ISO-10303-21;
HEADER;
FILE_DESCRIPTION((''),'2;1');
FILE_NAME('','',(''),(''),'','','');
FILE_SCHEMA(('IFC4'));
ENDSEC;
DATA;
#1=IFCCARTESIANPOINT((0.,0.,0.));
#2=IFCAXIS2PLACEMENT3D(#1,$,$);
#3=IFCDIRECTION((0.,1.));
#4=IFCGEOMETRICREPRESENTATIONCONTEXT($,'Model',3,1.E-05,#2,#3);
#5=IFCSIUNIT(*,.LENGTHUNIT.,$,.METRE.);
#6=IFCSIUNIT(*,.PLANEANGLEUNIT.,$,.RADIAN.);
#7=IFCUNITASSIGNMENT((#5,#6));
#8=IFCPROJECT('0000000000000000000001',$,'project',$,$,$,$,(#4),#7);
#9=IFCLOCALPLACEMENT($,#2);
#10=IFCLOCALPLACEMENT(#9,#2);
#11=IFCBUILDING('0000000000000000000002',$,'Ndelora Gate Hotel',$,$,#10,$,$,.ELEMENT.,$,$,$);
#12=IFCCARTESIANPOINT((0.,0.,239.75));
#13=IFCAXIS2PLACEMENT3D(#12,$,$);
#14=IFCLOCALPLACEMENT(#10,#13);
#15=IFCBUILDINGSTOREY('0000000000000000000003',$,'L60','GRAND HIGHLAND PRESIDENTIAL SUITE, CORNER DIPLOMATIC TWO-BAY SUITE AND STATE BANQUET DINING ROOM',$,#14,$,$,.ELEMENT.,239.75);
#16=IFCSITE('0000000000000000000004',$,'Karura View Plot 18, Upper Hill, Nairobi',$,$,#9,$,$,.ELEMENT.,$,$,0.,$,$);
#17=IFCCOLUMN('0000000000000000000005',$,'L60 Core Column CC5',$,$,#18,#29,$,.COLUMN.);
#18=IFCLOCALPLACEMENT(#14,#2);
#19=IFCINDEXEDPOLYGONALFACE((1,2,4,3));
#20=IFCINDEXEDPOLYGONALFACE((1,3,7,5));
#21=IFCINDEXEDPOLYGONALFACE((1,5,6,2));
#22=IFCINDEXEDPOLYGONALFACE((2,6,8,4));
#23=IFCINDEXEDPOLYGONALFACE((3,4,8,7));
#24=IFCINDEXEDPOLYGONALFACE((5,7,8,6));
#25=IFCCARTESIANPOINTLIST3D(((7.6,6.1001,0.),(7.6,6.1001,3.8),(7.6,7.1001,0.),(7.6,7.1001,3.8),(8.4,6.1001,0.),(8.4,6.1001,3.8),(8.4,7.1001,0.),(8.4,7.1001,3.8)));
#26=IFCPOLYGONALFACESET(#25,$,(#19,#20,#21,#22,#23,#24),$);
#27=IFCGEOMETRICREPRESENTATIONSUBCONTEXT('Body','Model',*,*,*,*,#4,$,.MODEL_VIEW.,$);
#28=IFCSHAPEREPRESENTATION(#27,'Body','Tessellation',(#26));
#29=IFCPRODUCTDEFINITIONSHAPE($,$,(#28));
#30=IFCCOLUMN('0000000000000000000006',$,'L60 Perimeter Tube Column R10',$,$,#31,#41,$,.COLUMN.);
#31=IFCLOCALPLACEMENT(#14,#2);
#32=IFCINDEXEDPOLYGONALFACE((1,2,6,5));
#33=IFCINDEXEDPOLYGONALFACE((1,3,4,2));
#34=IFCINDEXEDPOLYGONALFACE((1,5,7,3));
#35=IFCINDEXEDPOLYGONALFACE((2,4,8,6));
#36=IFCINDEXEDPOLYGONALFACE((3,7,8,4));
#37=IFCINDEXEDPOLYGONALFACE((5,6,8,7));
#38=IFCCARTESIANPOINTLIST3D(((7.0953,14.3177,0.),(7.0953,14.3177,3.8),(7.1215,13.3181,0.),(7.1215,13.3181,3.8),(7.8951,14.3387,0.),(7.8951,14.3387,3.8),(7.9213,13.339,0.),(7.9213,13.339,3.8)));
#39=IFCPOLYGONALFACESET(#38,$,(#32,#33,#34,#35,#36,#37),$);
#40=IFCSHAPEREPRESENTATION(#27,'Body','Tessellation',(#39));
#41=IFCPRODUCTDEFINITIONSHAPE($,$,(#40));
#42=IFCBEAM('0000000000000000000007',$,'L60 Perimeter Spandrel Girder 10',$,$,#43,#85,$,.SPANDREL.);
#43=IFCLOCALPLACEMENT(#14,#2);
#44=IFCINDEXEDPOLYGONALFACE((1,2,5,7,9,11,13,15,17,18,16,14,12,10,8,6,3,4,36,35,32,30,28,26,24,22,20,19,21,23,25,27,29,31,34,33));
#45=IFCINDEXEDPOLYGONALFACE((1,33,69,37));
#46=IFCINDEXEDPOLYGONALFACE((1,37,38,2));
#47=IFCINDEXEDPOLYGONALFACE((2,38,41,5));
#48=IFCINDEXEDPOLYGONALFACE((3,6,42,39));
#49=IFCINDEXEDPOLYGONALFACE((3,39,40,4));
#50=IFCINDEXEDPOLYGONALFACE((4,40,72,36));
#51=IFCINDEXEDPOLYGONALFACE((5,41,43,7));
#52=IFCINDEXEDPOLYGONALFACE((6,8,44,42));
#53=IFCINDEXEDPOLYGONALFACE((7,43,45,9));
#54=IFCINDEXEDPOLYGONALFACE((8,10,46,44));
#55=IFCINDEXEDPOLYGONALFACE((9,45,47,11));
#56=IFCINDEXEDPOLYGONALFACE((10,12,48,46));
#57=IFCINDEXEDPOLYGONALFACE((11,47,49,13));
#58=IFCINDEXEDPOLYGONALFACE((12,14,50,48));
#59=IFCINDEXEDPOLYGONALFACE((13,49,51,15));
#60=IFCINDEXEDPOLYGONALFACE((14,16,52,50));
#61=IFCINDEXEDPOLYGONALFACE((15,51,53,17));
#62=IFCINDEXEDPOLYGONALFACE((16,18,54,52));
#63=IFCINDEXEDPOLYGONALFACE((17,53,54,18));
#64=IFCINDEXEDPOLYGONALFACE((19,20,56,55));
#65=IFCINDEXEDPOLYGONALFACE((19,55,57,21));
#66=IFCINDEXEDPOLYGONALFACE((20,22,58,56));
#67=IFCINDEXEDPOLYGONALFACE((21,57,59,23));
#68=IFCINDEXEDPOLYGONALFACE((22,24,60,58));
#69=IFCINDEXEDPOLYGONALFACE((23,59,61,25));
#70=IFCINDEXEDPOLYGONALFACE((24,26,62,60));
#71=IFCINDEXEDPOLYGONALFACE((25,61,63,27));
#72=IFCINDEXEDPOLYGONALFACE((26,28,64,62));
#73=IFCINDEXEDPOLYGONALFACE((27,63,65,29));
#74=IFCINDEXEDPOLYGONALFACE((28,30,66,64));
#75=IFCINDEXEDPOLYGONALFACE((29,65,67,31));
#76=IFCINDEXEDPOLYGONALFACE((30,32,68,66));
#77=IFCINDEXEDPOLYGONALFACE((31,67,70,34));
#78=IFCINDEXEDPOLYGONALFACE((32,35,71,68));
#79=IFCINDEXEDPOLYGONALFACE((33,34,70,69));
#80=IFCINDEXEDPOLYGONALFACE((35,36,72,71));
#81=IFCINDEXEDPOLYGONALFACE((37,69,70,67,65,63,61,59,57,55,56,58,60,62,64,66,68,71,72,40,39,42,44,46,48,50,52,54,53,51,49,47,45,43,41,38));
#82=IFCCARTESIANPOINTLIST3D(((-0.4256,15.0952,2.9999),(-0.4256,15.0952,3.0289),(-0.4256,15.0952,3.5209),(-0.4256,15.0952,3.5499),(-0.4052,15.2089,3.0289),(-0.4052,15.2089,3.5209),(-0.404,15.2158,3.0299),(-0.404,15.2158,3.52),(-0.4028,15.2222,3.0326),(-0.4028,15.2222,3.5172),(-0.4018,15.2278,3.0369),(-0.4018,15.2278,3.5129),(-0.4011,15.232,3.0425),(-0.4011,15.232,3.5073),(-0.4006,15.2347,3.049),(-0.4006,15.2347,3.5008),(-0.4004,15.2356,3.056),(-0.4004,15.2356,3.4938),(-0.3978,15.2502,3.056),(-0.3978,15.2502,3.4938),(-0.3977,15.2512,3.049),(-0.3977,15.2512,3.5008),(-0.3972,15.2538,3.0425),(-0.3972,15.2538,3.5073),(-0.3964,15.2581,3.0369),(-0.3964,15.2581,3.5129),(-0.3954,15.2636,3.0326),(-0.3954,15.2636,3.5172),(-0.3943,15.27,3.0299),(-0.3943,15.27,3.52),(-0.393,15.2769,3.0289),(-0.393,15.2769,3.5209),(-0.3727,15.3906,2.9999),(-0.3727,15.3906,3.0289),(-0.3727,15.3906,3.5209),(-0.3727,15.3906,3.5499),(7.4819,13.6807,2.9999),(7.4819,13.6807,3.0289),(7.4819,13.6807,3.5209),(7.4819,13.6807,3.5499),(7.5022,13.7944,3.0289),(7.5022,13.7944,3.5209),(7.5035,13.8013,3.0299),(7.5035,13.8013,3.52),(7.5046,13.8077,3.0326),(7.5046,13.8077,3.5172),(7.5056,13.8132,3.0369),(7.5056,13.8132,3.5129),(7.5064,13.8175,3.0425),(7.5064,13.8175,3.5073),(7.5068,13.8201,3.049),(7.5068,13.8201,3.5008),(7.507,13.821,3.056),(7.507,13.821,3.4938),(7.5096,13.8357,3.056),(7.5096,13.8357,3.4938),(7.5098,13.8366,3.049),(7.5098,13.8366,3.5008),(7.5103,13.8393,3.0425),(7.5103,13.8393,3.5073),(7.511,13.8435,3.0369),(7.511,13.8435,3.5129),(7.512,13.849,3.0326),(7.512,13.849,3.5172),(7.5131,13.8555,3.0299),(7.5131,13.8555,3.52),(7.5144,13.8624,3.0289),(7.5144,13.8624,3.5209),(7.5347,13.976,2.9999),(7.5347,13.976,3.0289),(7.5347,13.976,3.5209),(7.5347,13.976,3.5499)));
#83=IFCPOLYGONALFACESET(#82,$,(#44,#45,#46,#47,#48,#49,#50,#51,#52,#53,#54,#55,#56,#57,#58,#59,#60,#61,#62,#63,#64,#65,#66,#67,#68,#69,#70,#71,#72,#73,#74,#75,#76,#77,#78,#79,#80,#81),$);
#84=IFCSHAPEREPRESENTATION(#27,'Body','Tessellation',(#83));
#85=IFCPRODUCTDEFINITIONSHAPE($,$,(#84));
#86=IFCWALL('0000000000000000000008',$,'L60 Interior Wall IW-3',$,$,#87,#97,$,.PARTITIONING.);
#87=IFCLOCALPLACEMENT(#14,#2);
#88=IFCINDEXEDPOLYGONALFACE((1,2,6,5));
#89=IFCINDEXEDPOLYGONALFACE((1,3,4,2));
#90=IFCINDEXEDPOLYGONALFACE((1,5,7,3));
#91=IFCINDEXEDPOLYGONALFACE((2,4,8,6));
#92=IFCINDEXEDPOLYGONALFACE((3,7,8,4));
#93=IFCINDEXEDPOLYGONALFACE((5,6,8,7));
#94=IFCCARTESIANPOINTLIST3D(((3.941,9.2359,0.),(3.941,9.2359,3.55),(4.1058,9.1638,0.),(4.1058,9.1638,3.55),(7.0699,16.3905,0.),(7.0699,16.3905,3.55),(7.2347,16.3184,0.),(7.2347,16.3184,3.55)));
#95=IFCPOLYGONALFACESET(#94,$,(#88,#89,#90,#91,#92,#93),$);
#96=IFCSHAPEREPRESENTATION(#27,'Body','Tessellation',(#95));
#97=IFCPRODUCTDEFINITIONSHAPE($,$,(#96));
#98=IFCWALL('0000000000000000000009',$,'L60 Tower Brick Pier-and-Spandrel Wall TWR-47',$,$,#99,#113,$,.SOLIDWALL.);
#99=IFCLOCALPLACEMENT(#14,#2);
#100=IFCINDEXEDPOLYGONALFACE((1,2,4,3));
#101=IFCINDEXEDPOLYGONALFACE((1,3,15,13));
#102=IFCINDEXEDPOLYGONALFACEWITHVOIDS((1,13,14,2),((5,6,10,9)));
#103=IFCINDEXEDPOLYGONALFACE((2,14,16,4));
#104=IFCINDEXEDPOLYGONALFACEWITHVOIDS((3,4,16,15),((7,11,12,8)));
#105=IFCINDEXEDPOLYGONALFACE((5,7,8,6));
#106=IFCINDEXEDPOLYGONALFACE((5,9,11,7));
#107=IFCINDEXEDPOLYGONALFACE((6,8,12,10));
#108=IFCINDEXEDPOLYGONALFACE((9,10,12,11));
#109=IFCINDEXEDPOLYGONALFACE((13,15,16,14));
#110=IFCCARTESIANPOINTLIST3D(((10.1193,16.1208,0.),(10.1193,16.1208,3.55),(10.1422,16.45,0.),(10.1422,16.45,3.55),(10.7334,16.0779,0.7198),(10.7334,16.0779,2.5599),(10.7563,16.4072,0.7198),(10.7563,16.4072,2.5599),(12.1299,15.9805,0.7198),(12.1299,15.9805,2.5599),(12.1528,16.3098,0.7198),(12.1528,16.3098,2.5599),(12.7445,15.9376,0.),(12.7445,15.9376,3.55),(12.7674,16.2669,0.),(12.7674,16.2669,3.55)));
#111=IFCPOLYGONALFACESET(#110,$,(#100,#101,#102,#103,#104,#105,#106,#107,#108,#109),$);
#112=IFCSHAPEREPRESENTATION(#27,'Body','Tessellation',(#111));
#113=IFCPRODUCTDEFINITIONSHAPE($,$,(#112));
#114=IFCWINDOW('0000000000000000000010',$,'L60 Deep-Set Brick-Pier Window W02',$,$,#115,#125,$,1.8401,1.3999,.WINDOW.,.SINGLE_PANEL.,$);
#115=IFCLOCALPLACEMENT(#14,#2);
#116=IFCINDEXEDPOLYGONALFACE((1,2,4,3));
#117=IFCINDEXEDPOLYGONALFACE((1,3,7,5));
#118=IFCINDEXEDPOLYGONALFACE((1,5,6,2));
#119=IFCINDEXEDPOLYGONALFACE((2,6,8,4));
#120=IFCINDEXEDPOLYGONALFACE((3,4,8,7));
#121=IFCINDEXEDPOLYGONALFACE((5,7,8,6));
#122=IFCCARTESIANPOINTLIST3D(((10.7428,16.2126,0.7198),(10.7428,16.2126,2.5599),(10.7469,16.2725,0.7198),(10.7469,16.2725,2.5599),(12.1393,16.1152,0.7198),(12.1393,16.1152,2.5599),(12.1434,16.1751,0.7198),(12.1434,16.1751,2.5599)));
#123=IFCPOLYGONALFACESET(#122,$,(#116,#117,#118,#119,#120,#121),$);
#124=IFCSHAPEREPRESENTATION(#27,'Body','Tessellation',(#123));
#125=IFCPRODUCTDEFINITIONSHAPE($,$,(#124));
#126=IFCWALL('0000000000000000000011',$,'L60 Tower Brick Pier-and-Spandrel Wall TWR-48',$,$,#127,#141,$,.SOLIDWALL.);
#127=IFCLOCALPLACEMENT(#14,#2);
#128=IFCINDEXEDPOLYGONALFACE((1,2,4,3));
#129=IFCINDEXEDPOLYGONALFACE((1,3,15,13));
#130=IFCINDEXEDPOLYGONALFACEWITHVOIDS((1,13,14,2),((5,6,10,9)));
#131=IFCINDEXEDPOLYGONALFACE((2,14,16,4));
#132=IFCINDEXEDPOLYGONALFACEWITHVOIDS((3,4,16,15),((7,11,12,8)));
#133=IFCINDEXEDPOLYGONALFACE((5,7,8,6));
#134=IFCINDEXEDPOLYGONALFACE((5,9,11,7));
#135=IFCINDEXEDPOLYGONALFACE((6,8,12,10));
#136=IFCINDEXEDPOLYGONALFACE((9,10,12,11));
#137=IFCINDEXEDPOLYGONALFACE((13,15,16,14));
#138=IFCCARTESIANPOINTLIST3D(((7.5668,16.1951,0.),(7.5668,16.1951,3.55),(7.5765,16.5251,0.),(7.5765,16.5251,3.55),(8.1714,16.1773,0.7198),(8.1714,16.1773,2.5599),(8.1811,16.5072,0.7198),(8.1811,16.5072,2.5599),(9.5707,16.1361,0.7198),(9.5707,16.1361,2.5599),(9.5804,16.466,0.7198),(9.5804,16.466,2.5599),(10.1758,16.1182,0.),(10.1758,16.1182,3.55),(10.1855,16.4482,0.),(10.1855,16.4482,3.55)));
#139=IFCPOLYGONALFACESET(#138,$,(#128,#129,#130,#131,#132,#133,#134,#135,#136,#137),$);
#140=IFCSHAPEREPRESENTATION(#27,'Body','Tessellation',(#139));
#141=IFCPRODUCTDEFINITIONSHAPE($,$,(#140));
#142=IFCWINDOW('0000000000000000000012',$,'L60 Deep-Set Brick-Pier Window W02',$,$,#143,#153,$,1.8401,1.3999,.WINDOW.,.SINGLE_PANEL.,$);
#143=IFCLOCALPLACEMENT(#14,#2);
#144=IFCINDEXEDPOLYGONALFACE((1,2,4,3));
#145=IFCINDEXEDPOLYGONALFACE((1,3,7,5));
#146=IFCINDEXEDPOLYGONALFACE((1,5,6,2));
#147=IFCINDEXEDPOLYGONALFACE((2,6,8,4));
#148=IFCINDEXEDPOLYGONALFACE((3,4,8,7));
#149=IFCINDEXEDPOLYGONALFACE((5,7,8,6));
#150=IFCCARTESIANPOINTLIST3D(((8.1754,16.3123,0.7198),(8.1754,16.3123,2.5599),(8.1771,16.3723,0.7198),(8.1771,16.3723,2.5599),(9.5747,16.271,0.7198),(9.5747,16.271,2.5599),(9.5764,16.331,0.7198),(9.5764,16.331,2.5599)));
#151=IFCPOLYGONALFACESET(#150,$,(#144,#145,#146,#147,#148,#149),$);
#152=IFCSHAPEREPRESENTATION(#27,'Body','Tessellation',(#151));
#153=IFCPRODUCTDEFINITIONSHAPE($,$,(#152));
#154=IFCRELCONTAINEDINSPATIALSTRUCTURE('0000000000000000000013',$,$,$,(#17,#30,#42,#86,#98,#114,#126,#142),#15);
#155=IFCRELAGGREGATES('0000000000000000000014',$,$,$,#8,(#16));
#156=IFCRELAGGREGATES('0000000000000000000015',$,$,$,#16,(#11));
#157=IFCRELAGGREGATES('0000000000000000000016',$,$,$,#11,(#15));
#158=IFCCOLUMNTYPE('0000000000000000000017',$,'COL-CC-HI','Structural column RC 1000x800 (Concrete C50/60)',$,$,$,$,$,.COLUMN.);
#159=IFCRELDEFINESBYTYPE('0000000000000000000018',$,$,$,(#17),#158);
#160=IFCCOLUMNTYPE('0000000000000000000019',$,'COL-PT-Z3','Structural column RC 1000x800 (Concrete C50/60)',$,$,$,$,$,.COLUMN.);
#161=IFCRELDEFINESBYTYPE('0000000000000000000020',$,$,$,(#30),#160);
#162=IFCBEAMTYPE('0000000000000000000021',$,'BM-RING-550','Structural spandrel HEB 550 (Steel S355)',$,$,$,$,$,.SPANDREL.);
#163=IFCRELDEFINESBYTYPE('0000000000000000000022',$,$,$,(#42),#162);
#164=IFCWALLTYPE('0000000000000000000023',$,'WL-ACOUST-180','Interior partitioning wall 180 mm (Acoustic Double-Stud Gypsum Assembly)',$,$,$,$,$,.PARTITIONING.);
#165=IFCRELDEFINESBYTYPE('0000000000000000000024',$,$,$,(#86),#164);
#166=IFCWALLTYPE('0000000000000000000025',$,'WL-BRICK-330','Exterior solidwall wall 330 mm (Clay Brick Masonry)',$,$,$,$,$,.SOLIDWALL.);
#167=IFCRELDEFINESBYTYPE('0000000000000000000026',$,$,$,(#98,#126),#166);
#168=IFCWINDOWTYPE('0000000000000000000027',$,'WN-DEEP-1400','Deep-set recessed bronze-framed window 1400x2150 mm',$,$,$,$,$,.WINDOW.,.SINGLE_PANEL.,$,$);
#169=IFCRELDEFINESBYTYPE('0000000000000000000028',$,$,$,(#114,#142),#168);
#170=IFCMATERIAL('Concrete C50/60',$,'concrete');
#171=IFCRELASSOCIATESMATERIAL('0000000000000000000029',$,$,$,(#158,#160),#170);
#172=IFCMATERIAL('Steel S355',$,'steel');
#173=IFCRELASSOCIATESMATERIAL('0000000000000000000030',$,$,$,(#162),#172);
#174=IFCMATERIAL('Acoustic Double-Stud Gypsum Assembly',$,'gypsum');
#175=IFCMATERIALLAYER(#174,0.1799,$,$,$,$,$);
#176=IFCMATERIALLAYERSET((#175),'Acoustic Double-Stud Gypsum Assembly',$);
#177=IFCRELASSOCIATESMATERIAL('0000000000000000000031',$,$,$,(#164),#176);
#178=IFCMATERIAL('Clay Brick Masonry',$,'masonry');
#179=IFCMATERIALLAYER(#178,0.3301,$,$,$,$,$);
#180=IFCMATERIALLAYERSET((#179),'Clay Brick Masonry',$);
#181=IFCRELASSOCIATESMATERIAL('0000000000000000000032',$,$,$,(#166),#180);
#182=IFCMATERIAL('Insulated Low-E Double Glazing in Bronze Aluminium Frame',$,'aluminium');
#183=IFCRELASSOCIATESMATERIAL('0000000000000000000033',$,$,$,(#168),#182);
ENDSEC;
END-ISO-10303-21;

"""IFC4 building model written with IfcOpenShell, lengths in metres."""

from ifc_helpers import new_model, si_unit, direction, frame, frame_2d, origin, origin_2d, place, context, subcontext, project, spatial, rectangle, i_section, extrude, material, layer, layer_set, material_profile, profile_set, type_object, element, fill, save


model = new_model("IFC4")

# Units and contexts
model_context = context("Model", 3, precision=1e-05, world=origin(), true_north=direction((0.0, 1.0)))
body_context = subcontext(model_context, "Body", "Model", "MODEL_VIEW")
ifc_project = project(units=[si_unit("LENGTHUNIT", "METRE"), si_unit("PLANEANGLEUNIT", "RADIAN")], contexts=[model_context])

# Site, building, storey
site_placement = place(None, origin())
site = spatial("IfcSite", under=ifc_project, at=site_placement, Name="Karura View Plot 18, Upper Hill, Nairobi", CompositionType="ELEMENT", RefElevation=0.0)
building_placement = place(site_placement, origin())
building = spatial("IfcBuilding", under=site, at=building_placement, Name="Ndelora Gate Hotel", CompositionType="ELEMENT")
storey_placement = place(building_placement, frame((0.0, 0.0, 239.75)))
storey = spatial("IfcBuildingStorey", under=building, at=storey_placement, Name="L60", Description="GRAND HIGHLAND PRESIDENTIAL SUITE, CORNER DIPLOMATIC TWO-BAY SUITE AND STATE BANQUET DINING ROOM", CompositionType="ELEMENT", Elevation=239.75)

# Columns
ifc_material_1 = material(Name="Concrete C50/60", Category="concrete")
ifc_material_profile_1 = material_profile(ifc_material_1, rectangle(XDim=0.8, YDim=1.0, at=origin_2d()), Name="RC 1000x800")
ifc_profile_set_1 = profile_set([ifc_material_profile_1], Name="Concrete C50/60")
column_type_1 = type_object("IfcColumnType", Name="COL-CC-HI", Description="Structural column RC 1000x800 (Concrete C50/60)", PredefinedType="COLUMN", material=ifc_profile_set_1)
column_1_placement = place(storey_placement, frame((8.0, 6.6001, 0.0), z_axis=(0.0, 0.0, 1.0), x_axis=(1.0, 0.0, 0.0)))
element("IfcColumn", 1, at=column_1_placement, inside=storey, type_object=column_type_1, Name="L60 Core Column CC5", PredefinedType="COLUMN", context=body_context, shape_type="SweptSolid", body=[
    extrude(rectangle(XDim=0.8, YDim=1.0, at=origin_2d()), origin(), (0.0, 0.0, 1.0), 3.8),
])
ifc_material_profile_2 = material_profile(ifc_material_1, rectangle(XDim=0.8, YDim=1.0, at=origin_2d()), Name="RC 1000x800")
ifc_profile_set_2 = profile_set([ifc_material_profile_2], Name="Concrete C50/60")
column_type_2 = type_object("IfcColumnType", Name="COL-PT-Z3", Description="Structural column RC 1000x800 (Concrete C50/60)", PredefinedType="COLUMN", material=ifc_profile_set_2)
column_2_placement = place(storey_placement, frame((7.5083, 13.8284, 0.0), z_axis=(0.0, 0.0, 1.0), x_axis=(0.999657, 0.026177, 0.0)))
element("IfcColumn", 2, at=column_2_placement, inside=storey, type_object=column_type_2, Name="L60 Perimeter Tube Column R10", PredefinedType="COLUMN", context=body_context, shape_type="SweptSolid", body=[
    extrude(rectangle(XDim=0.8, YDim=1.0, at=origin_2d()), origin(), (0.0, 0.0, 1.0), 3.8),
])

# Beam
ifc_material_2 = material(Name="Steel S355", Category="steel")
ifc_material_profile_3 = material_profile(ifc_material_2, i_section(OverallWidth=0.3, OverallDepth=0.55, WebThickness=0.0149, FlangeThickness=0.0291, FilletRadius=0.0271, at=origin_2d()), Name="HEB 550")
ifc_profile_set_3 = profile_set([ifc_material_profile_3], Name="Steel S355")
beam_type = type_object("IfcBeamType", Name="BM-RING-550", Description="Structural spandrel HEB 550 (Steel S355)", PredefinedType="SPANDREL", material=ifc_profile_set_3)
beam_placement = place(storey_placement, frame((7.5083, 13.8284, 3.2749), z_axis=(-0.984374, 0.176093, 0.0), x_axis=(-0.176093, -0.984374, 0.0)))
element("IfcBeam", 3, at=beam_placement, inside=storey, type_object=beam_type, Name="L60 Perimeter Spandrel Girder 10", PredefinedType="SPANDREL", context=body_context, shape_type="SweptSolid", body=[
    extrude(i_section(OverallWidth=0.3, OverallDepth=0.55, WebThickness=0.0149, FlangeThickness=0.0291, FilletRadius=0.0271, at=origin_2d()), origin(), (0.0, 0.0, 1.0), 8.033),
])

# Wall
ifc_material_3 = material(Name="Acoustic Double-Stud Gypsum Assembly", Category="gypsum")
ifc_layer_1 = layer(ifc_material_3, 0.1799)
ifc_layer_set_1 = layer_set([ifc_layer_1], Name="Acoustic Double-Stud Gypsum Assembly")
wall_type_1 = type_object("IfcWallType", Name="WL-ACOUST-180", Description="Interior partitioning wall 180 mm (Acoustic Double-Stud Gypsum Assembly)", PredefinedType="PARTITIONING", material=ifc_layer_set_1)
wall_1_placement = place(storey_placement, frame((4.0234, 9.2, 0.0), z_axis=(0.0, 0.0, 1.0), x_axis=(0.400689, 0.916214, 0.0)))
element("IfcWall", 4, at=wall_1_placement, inside=storey, type_object=wall_type_1, Name="L60 Interior Wall IW-3", PredefinedType="PARTITIONING", context=body_context, shape_type="SweptSolid", body=[
    extrude(rectangle(XDim=7.8088, YDim=0.1799, at=frame_2d((3.9043, 0.0))), origin(), (0.0, 0.0, 1.0), 3.55),
])

# Walls, openings, windows
ifc_material_4 = material(Name="Clay Brick Masonry", Category="masonry")
ifc_layer_2 = layer(ifc_material_4, 0.3301)
ifc_layer_set_2 = layer_set([ifc_layer_2], Name="Clay Brick Masonry")
wall_type_2 = type_object("IfcWallType", Name="WL-BRICK-330", Description="Exterior solidwall wall 330 mm (Clay Brick Masonry)", PredefinedType="SOLIDWALL", material=ifc_layer_set_2)
wall_2_placement = place(storey_placement, frame((10.1306, 16.2854, 0.0), z_axis=(0.0, 0.0, 1.0), x_axis=(0.997576, -0.069579, 0.0)))
wall_2 = element("IfcWall", 5, at=wall_2_placement, inside=storey, type_object=wall_type_2, Name="L60 Tower Brick Pier-and-Spandrel Wall TWR-47", PredefinedType="SOLIDWALL", context=body_context, shape_type="SweptSolid", body=[
    extrude(rectangle(XDim=2.6316, YDim=0.3301, at=frame_2d((1.3159, 0.0))), origin(), (0.0, 0.0, 1.0), 3.55),
])
opening_1_placement = place(wall_2_placement, frame((0.6157, 0.0, 0.72)))
opening_1 = element("IfcOpeningElement", 6, at=opening_1_placement, cuts=wall_2, PredefinedType="OPENING", context=body_context, shape_type="SweptSolid", body=[
    extrude(rectangle(XDim=1.3999, YDim=1.8401, at=frame_2d((0.7, 0.9199))), frame((0.0, 0.175, 0.0), z_axis=(0.0, -1.0, 0.0), x_axis=(1.0, 0.0, 0.0)), (0.0, 0.0, 1.0), 0.3501),
])
ifc_material_5 = material(Name="Insulated Low-E Double Glazing in Bronze Aluminium Frame", Category="aluminium")
window_type = type_object("IfcWindowType", Name="WN-DEEP-1400", Description="Deep-set recessed bronze-framed window 1400x2150 mm", PartitioningType="SINGLE_PANEL", PredefinedType="WINDOW", material=ifc_material_5)
window_1_placement = place(opening_1_placement, origin())
window_1 = element("IfcWindow", 7, at=window_1_placement, inside=storey, type_object=window_type, Name="L60 Deep-Set Brick-Pier Window W02", OverallHeight=1.8401, OverallWidth=1.3999, PartitioningType="SINGLE_PANEL", PredefinedType="WINDOW", context=body_context, shape_type="SweptSolid", body=[
    extrude(rectangle(XDim=1.3999, YDim=1.8401, at=frame_2d((0.7, 0.9199))), frame((0.0, 0.03, 0.0), z_axis=(0.0, -1.0, 0.0), x_axis=(1.0, 0.0, 0.0)), (0.0, 0.0, 1.0), 0.0601),
])
fill(opening_1, window_1)
wall_3_placement = place(storey_placement, frame((7.5715, 16.3601, 0.0), z_axis=(0.0, 0.0, 1.0), x_axis=(0.999566, -0.029465, 0.0)))
wall_3 = element("IfcWall", 8, at=wall_3_placement, inside=storey, type_object=wall_type_2, Name="L60 Tower Brick Pier-and-Spandrel Wall TWR-48", PredefinedType="SOLIDWALL", context=body_context, shape_type="SweptSolid", body=[
    extrude(rectangle(XDim=2.6101, YDim=0.3301, at=frame_2d((1.3052, 0.0))), origin(), (0.0, 0.0, 1.0), 3.55),
])
opening_2_placement = place(wall_3_placement, frame((0.605, 0.0, 0.72)))
opening_2 = element("IfcOpeningElement", 9, at=opening_2_placement, cuts=wall_3, PredefinedType="OPENING", context=body_context, shape_type="SweptSolid", body=[
    extrude(rectangle(XDim=1.3999, YDim=1.8401, at=frame_2d((0.7, 0.9199))), frame((0.0, 0.175, 0.0), z_axis=(0.0, -1.0, 0.0), x_axis=(1.0, 0.0, 0.0)), (0.0, 0.0, 1.0), 0.3501),
])
window_2_placement = place(opening_2_placement, origin())
window_2 = element("IfcWindow", 10, at=window_2_placement, inside=storey, type_object=window_type, Name="L60 Deep-Set Brick-Pier Window W02", OverallHeight=1.8401, OverallWidth=1.3999, PartitioningType="SINGLE_PANEL", PredefinedType="WINDOW", context=body_context, shape_type="SweptSolid", body=[
    extrude(rectangle(XDim=1.3999, YDim=1.8401, at=frame_2d((0.7, 0.9199))), frame((0.0, 0.03, 0.0), z_axis=(0.0, -1.0, 0.0), x_axis=(1.0, 0.0, 0.0)), (0.0, 0.0, 1.0), 0.0601),
])
fill(opening_2, window_2)

save(model, "model.ifc")
